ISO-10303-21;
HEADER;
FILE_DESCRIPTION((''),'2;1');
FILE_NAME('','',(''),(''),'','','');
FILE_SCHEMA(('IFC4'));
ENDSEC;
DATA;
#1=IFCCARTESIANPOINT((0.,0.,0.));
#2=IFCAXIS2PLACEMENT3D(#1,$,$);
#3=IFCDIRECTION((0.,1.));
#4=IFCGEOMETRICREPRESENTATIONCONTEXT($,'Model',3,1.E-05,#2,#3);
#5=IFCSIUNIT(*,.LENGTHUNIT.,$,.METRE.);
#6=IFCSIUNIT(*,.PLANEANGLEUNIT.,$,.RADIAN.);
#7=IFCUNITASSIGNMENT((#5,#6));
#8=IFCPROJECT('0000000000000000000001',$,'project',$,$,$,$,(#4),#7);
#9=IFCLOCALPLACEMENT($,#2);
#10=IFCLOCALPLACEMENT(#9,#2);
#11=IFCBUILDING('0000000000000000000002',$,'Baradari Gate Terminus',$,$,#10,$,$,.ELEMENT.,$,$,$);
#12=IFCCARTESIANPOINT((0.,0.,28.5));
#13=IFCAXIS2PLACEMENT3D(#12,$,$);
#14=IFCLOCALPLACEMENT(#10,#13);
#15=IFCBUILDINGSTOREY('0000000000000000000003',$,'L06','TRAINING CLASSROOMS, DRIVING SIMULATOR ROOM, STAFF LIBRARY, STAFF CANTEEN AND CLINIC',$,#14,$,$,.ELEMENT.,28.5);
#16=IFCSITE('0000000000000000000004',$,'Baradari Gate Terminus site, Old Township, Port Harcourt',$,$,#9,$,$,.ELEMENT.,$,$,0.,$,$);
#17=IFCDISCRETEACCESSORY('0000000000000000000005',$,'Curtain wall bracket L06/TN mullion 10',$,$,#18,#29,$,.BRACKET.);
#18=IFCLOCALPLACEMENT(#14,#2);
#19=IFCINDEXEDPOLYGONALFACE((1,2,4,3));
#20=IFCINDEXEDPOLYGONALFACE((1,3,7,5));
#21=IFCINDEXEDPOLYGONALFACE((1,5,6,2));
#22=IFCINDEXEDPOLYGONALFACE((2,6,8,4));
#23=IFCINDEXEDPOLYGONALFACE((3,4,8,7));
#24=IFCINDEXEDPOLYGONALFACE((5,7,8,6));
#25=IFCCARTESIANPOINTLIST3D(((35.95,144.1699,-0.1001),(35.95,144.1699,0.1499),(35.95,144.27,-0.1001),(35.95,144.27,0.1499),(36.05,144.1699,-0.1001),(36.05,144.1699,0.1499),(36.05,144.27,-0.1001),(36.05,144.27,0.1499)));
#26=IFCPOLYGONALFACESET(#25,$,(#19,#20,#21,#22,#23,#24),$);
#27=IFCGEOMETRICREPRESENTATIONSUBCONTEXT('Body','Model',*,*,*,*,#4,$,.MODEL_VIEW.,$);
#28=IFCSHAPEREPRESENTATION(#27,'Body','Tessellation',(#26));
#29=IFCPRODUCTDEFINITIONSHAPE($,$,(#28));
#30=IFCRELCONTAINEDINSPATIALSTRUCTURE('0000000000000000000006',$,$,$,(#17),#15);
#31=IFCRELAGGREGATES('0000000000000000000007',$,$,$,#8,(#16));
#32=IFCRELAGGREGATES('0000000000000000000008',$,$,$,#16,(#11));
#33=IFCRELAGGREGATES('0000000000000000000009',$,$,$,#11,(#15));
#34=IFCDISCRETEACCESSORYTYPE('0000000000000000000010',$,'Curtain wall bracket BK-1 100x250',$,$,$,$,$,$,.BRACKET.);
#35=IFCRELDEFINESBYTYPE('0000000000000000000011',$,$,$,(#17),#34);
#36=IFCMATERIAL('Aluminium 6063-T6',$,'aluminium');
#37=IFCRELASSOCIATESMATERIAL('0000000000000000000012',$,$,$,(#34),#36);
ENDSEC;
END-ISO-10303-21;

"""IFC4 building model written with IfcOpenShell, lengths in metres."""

from ifc_helpers import new_model, si_unit, direction, frame, origin, origin_2d, place, context, subcontext, project, spatial, rectangle, extrude, material, type_object, element, save


model = new_model("IFC4")

# Units and contexts
model_context = context("Model", 3, precision=1e-05, world=origin(), true_north=direction((0.0, 1.0)))
body_context = subcontext(model_context, "Body", "Model", "MODEL_VIEW")
ifc_project = project(units=[si_unit("LENGTHUNIT", "METRE"), si_unit("PLANEANGLEUNIT", "RADIAN")], contexts=[model_context])

# Site, building, storey
site_placement = place(None, origin())
site = spatial("IfcSite", under=ifc_project, at=site_placement, Name="Baradari Gate Terminus site, Old Township, Port Harcourt", CompositionType="ELEMENT", RefElevation=0.0)
building_placement = place(site_placement, origin())
building = spatial("IfcBuilding", under=site, at=building_placement, Name="Baradari Gate Terminus", CompositionType="ELEMENT")
storey_placement = place(building_placement, frame((0.0, 0.0, 28.5)))
storey = spatial("IfcBuildingStorey", under=building, at=storey_placement, Name="L06", Description="TRAINING CLASSROOMS, DRIVING SIMULATOR ROOM, STAFF LIBRARY, STAFF CANTEEN AND CLINIC", CompositionType="ELEMENT", Elevation=28.5)

# Discrete accessory
ifc_material_1 = material(Name="Aluminium 6063-T6", Category="aluminium")
discrete_accessory_type = type_object("IfcDiscreteAccessoryType", Name="Curtain wall bracket BK-1 100x250", PredefinedType="BRACKET", material=ifc_material_1)
discrete_accessory_placement = place(storey_placement, frame((36.0, 144.22, -0.1001), z_axis=(0.0, 0.0, 1.0), x_axis=(0.0, 1.0, 0.0)))
element("IfcDiscreteAccessory", 1, at=discrete_accessory_placement, inside=storey, type_object=discrete_accessory_type, Name="Curtain wall bracket L06/TN mullion 10", PredefinedType="BRACKET", context=body_context, shape_type="SweptSolid", body=[
    extrude(rectangle(XDim=0.1001, YDim=0.1001, at=origin_2d()), origin(), (0.0, 0.0, 1.0), 0.25),
])

save(model, "model.ifc")
